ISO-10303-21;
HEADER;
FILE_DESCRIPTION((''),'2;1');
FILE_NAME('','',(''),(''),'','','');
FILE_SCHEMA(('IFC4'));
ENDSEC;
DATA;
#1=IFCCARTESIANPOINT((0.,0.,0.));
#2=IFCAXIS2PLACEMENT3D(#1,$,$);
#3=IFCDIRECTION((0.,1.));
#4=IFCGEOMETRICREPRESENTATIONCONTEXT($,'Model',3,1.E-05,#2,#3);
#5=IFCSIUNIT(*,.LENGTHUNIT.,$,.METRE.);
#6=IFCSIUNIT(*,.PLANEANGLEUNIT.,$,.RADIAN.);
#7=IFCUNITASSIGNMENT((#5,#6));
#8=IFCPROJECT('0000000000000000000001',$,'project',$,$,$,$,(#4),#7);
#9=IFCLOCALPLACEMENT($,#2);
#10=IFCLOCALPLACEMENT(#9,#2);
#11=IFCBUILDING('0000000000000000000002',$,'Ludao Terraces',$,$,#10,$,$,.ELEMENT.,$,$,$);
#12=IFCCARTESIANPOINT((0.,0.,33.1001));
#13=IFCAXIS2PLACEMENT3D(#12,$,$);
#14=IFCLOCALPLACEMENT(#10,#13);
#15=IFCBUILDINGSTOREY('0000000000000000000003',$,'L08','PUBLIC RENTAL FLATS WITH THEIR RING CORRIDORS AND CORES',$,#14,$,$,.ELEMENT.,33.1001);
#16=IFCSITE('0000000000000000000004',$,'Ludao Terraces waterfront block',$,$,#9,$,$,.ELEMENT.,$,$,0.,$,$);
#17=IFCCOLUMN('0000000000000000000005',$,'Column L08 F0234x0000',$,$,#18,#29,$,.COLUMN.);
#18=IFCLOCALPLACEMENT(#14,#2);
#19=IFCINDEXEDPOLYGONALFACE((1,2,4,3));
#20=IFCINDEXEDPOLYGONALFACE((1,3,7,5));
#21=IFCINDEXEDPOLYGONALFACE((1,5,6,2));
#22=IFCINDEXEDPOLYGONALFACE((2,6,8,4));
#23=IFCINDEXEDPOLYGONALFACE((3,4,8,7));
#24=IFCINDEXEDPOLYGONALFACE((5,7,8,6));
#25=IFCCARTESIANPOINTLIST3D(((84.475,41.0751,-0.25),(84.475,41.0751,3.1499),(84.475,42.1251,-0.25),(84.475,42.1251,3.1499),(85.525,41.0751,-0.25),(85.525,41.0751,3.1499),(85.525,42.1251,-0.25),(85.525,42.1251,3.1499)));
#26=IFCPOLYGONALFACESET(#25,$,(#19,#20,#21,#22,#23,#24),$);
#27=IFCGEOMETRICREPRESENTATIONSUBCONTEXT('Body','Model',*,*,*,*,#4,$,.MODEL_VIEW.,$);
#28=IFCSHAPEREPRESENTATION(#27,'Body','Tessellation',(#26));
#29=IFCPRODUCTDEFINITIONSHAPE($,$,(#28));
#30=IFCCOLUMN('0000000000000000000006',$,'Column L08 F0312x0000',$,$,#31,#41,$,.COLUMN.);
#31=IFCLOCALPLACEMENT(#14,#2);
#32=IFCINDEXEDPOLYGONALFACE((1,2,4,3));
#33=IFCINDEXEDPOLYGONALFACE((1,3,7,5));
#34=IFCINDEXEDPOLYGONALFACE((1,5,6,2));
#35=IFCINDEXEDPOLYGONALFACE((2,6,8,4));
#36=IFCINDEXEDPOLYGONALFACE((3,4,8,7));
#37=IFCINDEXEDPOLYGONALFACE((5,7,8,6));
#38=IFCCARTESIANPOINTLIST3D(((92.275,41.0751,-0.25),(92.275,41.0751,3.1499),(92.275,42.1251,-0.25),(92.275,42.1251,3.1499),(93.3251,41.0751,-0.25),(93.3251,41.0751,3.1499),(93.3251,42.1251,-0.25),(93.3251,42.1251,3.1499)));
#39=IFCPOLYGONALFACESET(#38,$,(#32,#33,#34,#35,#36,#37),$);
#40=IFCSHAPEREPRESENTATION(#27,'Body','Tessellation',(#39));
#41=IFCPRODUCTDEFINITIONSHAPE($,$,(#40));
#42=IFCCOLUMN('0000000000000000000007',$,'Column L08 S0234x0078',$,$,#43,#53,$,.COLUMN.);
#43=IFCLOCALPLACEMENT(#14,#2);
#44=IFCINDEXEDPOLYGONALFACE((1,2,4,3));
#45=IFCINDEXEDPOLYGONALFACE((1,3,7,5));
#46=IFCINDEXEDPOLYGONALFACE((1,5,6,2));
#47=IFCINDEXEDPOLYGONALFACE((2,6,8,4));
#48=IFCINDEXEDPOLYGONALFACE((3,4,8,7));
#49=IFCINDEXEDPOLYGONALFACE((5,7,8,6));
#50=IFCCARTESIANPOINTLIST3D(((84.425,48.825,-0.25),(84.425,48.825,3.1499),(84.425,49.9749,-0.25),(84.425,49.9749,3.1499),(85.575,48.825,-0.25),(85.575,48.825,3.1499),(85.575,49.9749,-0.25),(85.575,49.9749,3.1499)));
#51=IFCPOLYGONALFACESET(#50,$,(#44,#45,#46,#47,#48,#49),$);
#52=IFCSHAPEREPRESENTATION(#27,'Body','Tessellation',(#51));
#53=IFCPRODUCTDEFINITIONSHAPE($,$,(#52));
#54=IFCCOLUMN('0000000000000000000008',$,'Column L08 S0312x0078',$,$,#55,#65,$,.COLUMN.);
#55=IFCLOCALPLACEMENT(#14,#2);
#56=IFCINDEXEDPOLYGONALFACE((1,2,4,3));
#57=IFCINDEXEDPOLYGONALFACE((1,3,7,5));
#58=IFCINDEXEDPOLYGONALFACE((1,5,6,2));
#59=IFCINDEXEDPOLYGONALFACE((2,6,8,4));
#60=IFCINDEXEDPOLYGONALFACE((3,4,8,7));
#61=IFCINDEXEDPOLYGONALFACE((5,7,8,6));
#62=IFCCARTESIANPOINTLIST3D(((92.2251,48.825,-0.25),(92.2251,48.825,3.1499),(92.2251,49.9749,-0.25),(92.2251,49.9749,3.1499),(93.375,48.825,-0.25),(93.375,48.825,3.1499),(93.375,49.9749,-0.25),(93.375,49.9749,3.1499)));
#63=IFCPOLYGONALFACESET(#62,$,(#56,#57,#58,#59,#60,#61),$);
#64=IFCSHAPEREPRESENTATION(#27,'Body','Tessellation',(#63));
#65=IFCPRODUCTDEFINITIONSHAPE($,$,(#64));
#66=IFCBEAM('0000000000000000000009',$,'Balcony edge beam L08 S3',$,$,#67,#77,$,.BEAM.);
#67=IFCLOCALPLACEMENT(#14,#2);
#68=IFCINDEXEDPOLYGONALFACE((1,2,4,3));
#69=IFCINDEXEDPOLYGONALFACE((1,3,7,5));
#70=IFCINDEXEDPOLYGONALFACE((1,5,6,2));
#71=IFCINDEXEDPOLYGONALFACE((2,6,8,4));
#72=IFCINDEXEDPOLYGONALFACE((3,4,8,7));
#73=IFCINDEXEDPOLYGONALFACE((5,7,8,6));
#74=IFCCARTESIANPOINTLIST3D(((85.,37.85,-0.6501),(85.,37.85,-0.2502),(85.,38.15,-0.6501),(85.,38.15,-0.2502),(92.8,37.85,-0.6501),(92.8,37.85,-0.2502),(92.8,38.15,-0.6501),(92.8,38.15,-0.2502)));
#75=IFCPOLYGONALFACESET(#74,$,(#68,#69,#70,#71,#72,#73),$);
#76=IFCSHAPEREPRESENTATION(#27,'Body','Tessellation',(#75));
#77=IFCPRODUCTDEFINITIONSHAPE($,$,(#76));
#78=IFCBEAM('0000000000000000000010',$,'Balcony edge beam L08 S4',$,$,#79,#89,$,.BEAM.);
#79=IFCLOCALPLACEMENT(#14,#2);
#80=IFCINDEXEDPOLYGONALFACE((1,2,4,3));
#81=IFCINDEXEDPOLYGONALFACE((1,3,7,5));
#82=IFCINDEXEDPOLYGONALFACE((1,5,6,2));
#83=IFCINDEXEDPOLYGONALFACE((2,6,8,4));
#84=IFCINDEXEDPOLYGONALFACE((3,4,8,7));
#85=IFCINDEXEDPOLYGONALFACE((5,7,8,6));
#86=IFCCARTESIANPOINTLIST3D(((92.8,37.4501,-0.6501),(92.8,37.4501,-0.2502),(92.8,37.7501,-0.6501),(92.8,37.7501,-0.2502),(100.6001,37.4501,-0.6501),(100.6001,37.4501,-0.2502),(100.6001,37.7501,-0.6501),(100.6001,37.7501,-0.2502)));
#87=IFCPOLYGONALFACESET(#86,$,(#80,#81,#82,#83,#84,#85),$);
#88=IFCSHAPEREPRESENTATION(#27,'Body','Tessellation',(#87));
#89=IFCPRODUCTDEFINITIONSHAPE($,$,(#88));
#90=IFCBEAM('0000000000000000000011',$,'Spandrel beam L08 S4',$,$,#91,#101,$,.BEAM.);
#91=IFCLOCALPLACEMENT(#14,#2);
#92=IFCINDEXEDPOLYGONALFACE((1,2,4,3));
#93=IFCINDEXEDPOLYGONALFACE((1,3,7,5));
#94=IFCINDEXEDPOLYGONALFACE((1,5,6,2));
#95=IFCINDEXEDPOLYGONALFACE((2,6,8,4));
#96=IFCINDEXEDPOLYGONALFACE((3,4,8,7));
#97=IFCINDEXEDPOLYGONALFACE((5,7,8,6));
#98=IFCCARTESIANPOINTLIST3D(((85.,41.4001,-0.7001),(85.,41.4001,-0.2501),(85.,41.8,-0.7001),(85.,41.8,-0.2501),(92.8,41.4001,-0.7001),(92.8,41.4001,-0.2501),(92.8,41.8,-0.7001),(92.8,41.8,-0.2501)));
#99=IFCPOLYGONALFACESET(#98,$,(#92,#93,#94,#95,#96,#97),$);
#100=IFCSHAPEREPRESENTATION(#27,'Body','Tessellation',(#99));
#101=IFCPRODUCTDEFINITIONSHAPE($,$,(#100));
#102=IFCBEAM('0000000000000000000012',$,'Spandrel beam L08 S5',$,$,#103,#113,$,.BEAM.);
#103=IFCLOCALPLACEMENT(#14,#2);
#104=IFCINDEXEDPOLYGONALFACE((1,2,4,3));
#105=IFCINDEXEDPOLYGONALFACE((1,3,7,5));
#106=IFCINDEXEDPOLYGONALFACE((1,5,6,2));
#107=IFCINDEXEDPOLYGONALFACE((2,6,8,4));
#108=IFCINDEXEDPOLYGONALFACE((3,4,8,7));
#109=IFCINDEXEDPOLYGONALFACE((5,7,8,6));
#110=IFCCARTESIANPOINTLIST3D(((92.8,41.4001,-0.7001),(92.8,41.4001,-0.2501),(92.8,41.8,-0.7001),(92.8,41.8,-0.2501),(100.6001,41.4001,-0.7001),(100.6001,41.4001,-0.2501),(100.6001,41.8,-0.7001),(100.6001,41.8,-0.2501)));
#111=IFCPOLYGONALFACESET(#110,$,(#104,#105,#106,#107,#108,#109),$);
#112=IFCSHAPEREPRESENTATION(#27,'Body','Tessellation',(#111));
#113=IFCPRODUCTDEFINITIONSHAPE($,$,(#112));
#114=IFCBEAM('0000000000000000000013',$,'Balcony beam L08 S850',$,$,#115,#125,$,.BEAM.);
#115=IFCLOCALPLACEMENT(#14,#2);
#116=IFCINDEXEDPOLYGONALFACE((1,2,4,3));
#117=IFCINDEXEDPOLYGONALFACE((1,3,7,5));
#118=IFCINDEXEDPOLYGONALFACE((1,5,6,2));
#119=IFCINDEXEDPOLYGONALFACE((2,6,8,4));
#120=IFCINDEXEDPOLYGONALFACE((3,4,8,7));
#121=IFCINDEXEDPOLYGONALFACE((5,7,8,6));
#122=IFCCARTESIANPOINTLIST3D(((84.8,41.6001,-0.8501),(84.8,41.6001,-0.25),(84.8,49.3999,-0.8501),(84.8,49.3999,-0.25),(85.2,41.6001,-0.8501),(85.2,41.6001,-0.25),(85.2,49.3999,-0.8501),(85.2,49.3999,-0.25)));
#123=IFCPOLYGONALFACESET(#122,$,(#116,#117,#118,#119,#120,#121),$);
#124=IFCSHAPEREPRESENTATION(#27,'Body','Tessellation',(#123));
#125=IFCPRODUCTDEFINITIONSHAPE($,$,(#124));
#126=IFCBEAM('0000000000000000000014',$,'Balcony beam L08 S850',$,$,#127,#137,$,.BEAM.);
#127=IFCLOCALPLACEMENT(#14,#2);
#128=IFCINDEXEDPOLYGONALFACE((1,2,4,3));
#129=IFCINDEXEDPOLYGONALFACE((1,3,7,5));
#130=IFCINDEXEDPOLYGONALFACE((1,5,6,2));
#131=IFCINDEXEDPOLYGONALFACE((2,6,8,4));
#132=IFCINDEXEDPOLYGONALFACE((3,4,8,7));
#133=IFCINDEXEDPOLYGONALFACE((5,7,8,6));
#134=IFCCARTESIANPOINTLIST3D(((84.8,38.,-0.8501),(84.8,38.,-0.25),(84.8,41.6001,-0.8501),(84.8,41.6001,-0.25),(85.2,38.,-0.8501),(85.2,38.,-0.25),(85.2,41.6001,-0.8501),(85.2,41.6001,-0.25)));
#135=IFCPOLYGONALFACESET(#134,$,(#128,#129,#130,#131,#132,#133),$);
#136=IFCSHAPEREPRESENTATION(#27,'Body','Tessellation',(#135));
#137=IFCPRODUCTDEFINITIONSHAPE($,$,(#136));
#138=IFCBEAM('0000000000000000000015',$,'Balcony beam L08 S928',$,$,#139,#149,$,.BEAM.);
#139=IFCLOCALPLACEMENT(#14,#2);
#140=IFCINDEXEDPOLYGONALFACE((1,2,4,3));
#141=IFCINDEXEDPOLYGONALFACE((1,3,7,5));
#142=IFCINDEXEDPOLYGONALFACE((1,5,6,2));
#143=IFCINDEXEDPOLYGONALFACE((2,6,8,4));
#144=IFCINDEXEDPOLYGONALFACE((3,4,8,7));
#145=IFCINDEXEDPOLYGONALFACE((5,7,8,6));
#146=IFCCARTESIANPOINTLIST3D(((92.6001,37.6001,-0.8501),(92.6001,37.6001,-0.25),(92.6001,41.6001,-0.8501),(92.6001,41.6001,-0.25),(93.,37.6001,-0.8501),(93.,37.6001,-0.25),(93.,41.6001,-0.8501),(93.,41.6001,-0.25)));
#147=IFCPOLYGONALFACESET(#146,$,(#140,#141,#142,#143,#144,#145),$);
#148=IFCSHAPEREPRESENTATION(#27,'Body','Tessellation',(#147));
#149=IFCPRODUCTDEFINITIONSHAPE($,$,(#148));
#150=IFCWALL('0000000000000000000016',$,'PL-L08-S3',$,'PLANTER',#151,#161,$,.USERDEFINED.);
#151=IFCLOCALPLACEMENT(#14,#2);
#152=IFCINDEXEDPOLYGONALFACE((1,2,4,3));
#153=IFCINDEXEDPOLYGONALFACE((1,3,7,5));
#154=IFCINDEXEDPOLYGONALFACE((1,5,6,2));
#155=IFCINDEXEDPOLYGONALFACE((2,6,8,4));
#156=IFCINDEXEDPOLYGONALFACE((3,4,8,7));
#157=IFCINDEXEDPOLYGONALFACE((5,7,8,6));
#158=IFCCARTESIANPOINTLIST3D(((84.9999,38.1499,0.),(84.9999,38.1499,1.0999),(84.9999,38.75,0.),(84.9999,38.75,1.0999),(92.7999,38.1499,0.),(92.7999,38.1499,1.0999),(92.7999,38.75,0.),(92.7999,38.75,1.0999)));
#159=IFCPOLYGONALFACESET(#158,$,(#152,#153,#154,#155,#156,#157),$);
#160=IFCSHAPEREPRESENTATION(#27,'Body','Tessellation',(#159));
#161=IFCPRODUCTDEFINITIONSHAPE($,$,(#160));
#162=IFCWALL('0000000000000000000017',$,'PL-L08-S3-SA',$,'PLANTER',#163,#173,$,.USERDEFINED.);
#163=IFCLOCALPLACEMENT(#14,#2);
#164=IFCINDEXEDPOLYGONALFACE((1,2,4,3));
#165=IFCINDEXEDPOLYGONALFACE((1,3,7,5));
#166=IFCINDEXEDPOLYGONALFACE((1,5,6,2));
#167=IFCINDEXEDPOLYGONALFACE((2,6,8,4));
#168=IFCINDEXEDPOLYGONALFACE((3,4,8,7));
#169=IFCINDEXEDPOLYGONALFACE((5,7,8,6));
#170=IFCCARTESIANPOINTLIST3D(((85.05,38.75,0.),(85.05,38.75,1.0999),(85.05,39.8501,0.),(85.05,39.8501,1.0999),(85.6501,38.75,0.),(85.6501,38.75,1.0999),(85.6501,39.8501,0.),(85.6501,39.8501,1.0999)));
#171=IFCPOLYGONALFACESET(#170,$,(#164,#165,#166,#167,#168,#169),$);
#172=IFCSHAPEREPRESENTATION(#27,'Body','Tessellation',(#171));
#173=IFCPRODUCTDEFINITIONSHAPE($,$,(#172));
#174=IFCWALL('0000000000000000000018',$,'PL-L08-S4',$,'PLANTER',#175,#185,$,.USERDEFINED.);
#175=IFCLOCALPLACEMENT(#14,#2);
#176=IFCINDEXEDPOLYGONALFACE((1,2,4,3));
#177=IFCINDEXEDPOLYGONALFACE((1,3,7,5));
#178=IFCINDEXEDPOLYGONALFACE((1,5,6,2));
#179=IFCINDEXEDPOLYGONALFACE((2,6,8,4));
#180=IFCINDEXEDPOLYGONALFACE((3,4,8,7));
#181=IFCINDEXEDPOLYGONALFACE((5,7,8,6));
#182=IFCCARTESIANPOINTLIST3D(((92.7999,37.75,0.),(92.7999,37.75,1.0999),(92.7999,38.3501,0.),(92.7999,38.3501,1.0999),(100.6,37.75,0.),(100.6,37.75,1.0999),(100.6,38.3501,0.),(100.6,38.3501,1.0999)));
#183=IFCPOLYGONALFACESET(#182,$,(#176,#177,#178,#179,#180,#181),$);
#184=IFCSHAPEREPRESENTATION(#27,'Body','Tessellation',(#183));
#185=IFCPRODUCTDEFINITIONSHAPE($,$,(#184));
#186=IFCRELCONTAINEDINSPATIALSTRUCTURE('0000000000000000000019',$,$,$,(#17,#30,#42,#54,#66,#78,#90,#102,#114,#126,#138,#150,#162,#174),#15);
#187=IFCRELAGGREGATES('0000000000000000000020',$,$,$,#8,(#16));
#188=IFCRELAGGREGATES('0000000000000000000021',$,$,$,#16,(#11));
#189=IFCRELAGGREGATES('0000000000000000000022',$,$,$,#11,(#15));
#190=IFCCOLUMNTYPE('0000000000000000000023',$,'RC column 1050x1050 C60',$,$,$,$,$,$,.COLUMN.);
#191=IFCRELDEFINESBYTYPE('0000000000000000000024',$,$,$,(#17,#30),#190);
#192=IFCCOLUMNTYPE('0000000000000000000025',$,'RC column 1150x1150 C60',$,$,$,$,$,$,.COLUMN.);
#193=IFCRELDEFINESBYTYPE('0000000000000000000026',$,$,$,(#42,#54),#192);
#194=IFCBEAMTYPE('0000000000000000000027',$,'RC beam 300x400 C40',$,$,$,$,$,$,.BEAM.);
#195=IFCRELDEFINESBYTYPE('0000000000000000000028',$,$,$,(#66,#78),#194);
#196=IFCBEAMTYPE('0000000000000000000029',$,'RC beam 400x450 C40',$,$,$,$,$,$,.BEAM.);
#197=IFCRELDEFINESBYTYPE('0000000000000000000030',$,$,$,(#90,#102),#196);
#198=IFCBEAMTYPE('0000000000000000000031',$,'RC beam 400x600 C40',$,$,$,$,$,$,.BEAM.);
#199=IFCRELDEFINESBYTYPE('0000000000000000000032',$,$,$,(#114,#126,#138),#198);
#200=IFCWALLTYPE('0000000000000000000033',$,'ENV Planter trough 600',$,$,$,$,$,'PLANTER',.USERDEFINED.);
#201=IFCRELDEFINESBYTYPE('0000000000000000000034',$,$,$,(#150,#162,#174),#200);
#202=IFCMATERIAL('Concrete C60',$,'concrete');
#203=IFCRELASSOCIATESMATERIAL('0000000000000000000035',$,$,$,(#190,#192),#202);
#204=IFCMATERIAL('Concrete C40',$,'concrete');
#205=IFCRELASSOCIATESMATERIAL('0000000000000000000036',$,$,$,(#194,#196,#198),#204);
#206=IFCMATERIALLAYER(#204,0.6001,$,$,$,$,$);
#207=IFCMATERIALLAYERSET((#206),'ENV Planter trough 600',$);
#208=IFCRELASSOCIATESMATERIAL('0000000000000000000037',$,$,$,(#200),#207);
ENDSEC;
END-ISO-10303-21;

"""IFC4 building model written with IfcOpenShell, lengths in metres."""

from ifc_helpers import new_model, si_unit, direction, frame, frame_2d, origin, origin_2d, place, context, subcontext, project, spatial, rectangle, extrude, material, layer, layer_set, material_profile, profile_set, type_object, element, save


model = new_model("IFC4")

# Units and contexts
model_context = context("Model", 3, precision=1e-05, world=origin(), true_north=direction((0.0, 1.0)))
body_context = subcontext(model_context, "Body", "Model", "MODEL_VIEW")
ifc_project = project(units=[si_unit("LENGTHUNIT", "METRE"), si_unit("PLANEANGLEUNIT", "RADIAN")], contexts=[model_context])

# Site, building, storey
site_placement = place(None, origin())
site = spatial("IfcSite", under=ifc_project, at=site_placement, Name="Ludao Terraces waterfront block", CompositionType="ELEMENT", RefElevation=0.0)
building_placement = place(site_placement, origin())
building = spatial("IfcBuilding", under=site, at=building_placement, Name="Ludao Terraces", CompositionType="ELEMENT")
storey_placement = place(building_placement, frame((0.0, 0.0, 33.1001)))
storey = spatial("IfcBuildingStorey", under=building, at=storey_placement, Name="L08", Description="PUBLIC RENTAL FLATS WITH THEIR RING CORRIDORS AND CORES", CompositionType="ELEMENT", Elevation=33.1001)

# Columns
ifc_material_1 = material(Name="Concrete C60", Category="concrete")
ifc_material_profile_1 = material_profile(ifc_material_1, rectangle(XDim=1.05, YDim=1.05, at=origin_2d()), Name="1050 X 1050")
ifc_profile_set_1 = profile_set([ifc_material_profile_1], Name="Concrete C60")
column_type_1 = type_object("IfcColumnType", Name="RC column 1050x1050 C60", PredefinedType="COLUMN", material=ifc_profile_set_1)
for number, where, z_axis, x_axis, name in (
    (1, (85.0, 41.6001, -0.25), (0.0, 0.0, 1.0), (1.0, 0.0, 0.0), "Column L08 F0234x0000"),
    (2, (92.8, 41.6001, -0.25), (0.0, 0.0, 1.0), (1.0, 0.0, 0.0), "Column L08 F0312x0000"),
):
    element("IfcColumn", number, at=place(storey_placement, frame(where, z_axis=z_axis, x_axis=x_axis)), inside=storey, type_object=column_type_1, Name=name, PredefinedType="COLUMN", context=body_context, shape_type="SweptSolid", body=[
        extrude(rectangle(XDim=1.05, YDim=1.05, at=origin_2d()), origin(), (0.0, 0.0, 1.0), 3.3999),
    ])
ifc_material_profile_2 = material_profile(ifc_material_1, rectangle(XDim=1.1499, YDim=1.1499, at=origin_2d()), Name="1150 X 1150")
ifc_profile_set_2 = profile_set([ifc_material_profile_2], Name="Concrete C60")
column_type_2 = type_object("IfcColumnType", Name="RC column 1150x1150 C60", PredefinedType="COLUMN", material=ifc_profile_set_2)
for number, where, z_axis, x_axis, name in (
    (3, (85.0, 49.3999, -0.25), (0.0, 0.0, 1.0), (1.0, 0.0, 0.0), "Column L08 S0234x0078"),
    (4, (92.8, 49.3999, -0.25), (0.0, 0.0, 1.0), (1.0, 0.0, 0.0), "Column L08 S0312x0078"),
):
    element("IfcColumn", number, at=place(storey_placement, frame(where, z_axis=z_axis, x_axis=x_axis)), inside=storey, type_object=column_type_2, Name=name, PredefinedType="COLUMN", context=body_context, shape_type="SweptSolid", body=[
        extrude(rectangle(XDim=1.1499, YDim=1.1499, at=origin_2d()), origin(), (0.0, 0.0, 1.0), 3.3999),
    ])

# Beams
ifc_material_2 = material(Name="Concrete C40", Category="concrete")
ifc_material_profile_3 = material_profile(ifc_material_2, rectangle(XDim=0.3, YDim=0.3999, at=origin_2d()), Name="300 X 400")
ifc_profile_set_3 = profile_set([ifc_material_profile_3], Name="Concrete C40")
beam_type_1 = type_object("IfcBeamType", Name="RC beam 300x400 C40", PredefinedType="BEAM", material=ifc_profile_set_3)
for number, where, z_axis, x_axis, name in (
    (5, (85.0, 38.0, -0.4502), (1.0, 0.0, 0.0), (0.0, 1.0, 0.0), "Balcony edge beam L08 S3"),
    (6, (92.8, 37.6001, -0.4502), (1.0, 0.0, 0.0), (0.0, 1.0, 0.0), "Balcony edge beam L08 S4"),
):
    element("IfcBeam", number, at=place(storey_placement, frame(where, z_axis=z_axis, x_axis=x_axis)), inside=storey, type_object=beam_type_1, Name=name, PredefinedType="BEAM", context=body_context, shape_type="SweptSolid", body=[
        extrude(rectangle(XDim=0.3, YDim=0.3999, at=origin_2d()), origin(), (0.0, 0.0, 1.0), 7.8),
    ])
ifc_material_profile_4 = material_profile(ifc_material_2, rectangle(XDim=0.3999, YDim=0.45, at=origin_2d()), Name="400 X 450")
ifc_profile_set_4 = profile_set([ifc_material_profile_4], Name="Concrete C40")
beam_type_2 = type_object("IfcBeamType", Name="RC beam 400x450 C40", PredefinedType="BEAM", material=ifc_profile_set_4)
for number, where, z_axis, x_axis, name in (
    (7, (85.0, 41.6001, -0.4751), (1.0, 0.0, 0.0), (0.0, 1.0, 0.0), "Spandrel beam L08 S4"),
    (8, (92.8, 41.6001, -0.4751), (1.0, 0.0, 0.0), (0.0, 1.0, 0.0), "Spandrel beam L08 S5"),
):
    element("IfcBeam", number, at=place(storey_placement, frame(where, z_axis=z_axis, x_axis=x_axis)), inside=storey, type_object=beam_type_2, Name=name, PredefinedType="BEAM", context=body_context, shape_type="SweptSolid", body=[
        extrude(rectangle(XDim=0.3999, YDim=0.45, at=origin_2d()), origin(), (0.0, 0.0, 1.0), 7.8),
    ])
ifc_material_profile_5 = material_profile(ifc_material_2, rectangle(XDim=0.3999, YDim=0.6001, at=origin_2d()), Name="400 X 600")
ifc_profile_set_5 = profile_set([ifc_material_profile_5], Name="Concrete C40")
beam_type_3 = type_object("IfcBeamType", Name="RC beam 400x600 C40", PredefinedType="BEAM", material=ifc_profile_set_5)
beam_1_placement = place(storey_placement, frame((85.0, 49.3999, -0.55), z_axis=(0.0, -1.0, 0.0), x_axis=(1.0, 0.0, 0.0)))
element("IfcBeam", 9, at=beam_1_placement, inside=storey, type_object=beam_type_3, Name="Balcony beam L08 S850", PredefinedType="BEAM", context=body_context, shape_type="SweptSolid", body=[
    extrude(rectangle(XDim=0.3999, YDim=0.6001, at=origin_2d()), origin(), (0.0, 0.0, 1.0), 7.7998),
])
beam_2_placement = place(storey_placement, frame((85.0, 41.6001, -0.55), z_axis=(0.0, -1.0, 0.0), x_axis=(1.0, 0.0, 0.0)))
element("IfcBeam", 10, at=beam_2_placement, inside=storey, type_object=beam_type_3, Name="Balcony beam L08 S850", PredefinedType="BEAM", context=body_context, shape_type="SweptSolid", body=[
    extrude(rectangle(XDim=0.3999, YDim=0.6001, at=origin_2d()), origin(), (0.0, 0.0, 1.0), 3.6001),
])
beam_3_placement = place(storey_placement, frame((92.8, 41.6001, -0.55), z_axis=(0.0, -1.0, 0.0), x_axis=(1.0, 0.0, 0.0)))
element("IfcBeam", 11, at=beam_3_placement, inside=storey, type_object=beam_type_3, Name="Balcony beam L08 S928", PredefinedType="BEAM", context=body_context, shape_type="SweptSolid", body=[
    extrude(rectangle(XDim=0.3999, YDim=0.6001, at=origin_2d()), origin(), (0.0, 0.0, 1.0), 4.0),
])

# Walls
ifc_layer_1 = layer(ifc_material_2, 0.6001)
ifc_layer_set_1 = layer_set([ifc_layer_1], Name="ENV Planter trough 600")
wall_type_1 = type_object("IfcWallType", Name="ENV Planter trough 600", ElementType="PLANTER", PredefinedType="USERDEFINED", material=ifc_layer_set_1)
wall_1_placement = place(storey_placement, frame((85.0, 38.45, 0.0), z_axis=(0.0, 0.0, 1.0), x_axis=(1.0, 0.0, 0.0)))
element("IfcWall", 12, at=wall_1_placement, inside=storey, type_object=wall_type_1, Name="PL-L08-S3", ObjectType="PLANTER", PredefinedType="USERDEFINED", context=body_context, shape_type="SweptSolid", body=[
    extrude(rectangle(XDim=7.8, YDim=0.6001, at=frame_2d((3.8999, 0.0))), origin(), (0.0, 0.0, 1.0), 1.0999),
])
wall_2_placement = place(storey_placement, frame((85.3501, 38.75, 0.0), z_axis=(0.0, 0.0, 1.0), x_axis=(0.0, 1.0, 0.0)))
element("IfcWall", 13, at=wall_2_placement, inside=storey, type_object=wall_type_1, Name="PL-L08-S3-SA", ObjectType="PLANTER", PredefinedType="USERDEFINED", context=body_context, shape_type="SweptSolid", body=[
    extrude(rectangle(XDim=1.1001, YDim=0.6001, at=frame_2d((0.55, 0.0))), origin(), (0.0, 0.0, 1.0), 1.0999),
])
wall_3_placement = place(storey_placement, frame((92.8, 38.05, 0.0), z_axis=(0.0, 0.0, 1.0), x_axis=(1.0, 0.0, 0.0)))
element("IfcWall", 14, at=wall_3_placement, inside=storey, type_object=wall_type_1, Name="PL-L08-S4", ObjectType="PLANTER", PredefinedType="USERDEFINED", context=body_context, shape_type="SweptSolid", body=[
    extrude(rectangle(XDim=7.8, YDim=0.6001, at=frame_2d((3.8999, 0.0))), origin(), (0.0, 0.0, 1.0), 1.0999),
])

save(model, "model.ifc")
